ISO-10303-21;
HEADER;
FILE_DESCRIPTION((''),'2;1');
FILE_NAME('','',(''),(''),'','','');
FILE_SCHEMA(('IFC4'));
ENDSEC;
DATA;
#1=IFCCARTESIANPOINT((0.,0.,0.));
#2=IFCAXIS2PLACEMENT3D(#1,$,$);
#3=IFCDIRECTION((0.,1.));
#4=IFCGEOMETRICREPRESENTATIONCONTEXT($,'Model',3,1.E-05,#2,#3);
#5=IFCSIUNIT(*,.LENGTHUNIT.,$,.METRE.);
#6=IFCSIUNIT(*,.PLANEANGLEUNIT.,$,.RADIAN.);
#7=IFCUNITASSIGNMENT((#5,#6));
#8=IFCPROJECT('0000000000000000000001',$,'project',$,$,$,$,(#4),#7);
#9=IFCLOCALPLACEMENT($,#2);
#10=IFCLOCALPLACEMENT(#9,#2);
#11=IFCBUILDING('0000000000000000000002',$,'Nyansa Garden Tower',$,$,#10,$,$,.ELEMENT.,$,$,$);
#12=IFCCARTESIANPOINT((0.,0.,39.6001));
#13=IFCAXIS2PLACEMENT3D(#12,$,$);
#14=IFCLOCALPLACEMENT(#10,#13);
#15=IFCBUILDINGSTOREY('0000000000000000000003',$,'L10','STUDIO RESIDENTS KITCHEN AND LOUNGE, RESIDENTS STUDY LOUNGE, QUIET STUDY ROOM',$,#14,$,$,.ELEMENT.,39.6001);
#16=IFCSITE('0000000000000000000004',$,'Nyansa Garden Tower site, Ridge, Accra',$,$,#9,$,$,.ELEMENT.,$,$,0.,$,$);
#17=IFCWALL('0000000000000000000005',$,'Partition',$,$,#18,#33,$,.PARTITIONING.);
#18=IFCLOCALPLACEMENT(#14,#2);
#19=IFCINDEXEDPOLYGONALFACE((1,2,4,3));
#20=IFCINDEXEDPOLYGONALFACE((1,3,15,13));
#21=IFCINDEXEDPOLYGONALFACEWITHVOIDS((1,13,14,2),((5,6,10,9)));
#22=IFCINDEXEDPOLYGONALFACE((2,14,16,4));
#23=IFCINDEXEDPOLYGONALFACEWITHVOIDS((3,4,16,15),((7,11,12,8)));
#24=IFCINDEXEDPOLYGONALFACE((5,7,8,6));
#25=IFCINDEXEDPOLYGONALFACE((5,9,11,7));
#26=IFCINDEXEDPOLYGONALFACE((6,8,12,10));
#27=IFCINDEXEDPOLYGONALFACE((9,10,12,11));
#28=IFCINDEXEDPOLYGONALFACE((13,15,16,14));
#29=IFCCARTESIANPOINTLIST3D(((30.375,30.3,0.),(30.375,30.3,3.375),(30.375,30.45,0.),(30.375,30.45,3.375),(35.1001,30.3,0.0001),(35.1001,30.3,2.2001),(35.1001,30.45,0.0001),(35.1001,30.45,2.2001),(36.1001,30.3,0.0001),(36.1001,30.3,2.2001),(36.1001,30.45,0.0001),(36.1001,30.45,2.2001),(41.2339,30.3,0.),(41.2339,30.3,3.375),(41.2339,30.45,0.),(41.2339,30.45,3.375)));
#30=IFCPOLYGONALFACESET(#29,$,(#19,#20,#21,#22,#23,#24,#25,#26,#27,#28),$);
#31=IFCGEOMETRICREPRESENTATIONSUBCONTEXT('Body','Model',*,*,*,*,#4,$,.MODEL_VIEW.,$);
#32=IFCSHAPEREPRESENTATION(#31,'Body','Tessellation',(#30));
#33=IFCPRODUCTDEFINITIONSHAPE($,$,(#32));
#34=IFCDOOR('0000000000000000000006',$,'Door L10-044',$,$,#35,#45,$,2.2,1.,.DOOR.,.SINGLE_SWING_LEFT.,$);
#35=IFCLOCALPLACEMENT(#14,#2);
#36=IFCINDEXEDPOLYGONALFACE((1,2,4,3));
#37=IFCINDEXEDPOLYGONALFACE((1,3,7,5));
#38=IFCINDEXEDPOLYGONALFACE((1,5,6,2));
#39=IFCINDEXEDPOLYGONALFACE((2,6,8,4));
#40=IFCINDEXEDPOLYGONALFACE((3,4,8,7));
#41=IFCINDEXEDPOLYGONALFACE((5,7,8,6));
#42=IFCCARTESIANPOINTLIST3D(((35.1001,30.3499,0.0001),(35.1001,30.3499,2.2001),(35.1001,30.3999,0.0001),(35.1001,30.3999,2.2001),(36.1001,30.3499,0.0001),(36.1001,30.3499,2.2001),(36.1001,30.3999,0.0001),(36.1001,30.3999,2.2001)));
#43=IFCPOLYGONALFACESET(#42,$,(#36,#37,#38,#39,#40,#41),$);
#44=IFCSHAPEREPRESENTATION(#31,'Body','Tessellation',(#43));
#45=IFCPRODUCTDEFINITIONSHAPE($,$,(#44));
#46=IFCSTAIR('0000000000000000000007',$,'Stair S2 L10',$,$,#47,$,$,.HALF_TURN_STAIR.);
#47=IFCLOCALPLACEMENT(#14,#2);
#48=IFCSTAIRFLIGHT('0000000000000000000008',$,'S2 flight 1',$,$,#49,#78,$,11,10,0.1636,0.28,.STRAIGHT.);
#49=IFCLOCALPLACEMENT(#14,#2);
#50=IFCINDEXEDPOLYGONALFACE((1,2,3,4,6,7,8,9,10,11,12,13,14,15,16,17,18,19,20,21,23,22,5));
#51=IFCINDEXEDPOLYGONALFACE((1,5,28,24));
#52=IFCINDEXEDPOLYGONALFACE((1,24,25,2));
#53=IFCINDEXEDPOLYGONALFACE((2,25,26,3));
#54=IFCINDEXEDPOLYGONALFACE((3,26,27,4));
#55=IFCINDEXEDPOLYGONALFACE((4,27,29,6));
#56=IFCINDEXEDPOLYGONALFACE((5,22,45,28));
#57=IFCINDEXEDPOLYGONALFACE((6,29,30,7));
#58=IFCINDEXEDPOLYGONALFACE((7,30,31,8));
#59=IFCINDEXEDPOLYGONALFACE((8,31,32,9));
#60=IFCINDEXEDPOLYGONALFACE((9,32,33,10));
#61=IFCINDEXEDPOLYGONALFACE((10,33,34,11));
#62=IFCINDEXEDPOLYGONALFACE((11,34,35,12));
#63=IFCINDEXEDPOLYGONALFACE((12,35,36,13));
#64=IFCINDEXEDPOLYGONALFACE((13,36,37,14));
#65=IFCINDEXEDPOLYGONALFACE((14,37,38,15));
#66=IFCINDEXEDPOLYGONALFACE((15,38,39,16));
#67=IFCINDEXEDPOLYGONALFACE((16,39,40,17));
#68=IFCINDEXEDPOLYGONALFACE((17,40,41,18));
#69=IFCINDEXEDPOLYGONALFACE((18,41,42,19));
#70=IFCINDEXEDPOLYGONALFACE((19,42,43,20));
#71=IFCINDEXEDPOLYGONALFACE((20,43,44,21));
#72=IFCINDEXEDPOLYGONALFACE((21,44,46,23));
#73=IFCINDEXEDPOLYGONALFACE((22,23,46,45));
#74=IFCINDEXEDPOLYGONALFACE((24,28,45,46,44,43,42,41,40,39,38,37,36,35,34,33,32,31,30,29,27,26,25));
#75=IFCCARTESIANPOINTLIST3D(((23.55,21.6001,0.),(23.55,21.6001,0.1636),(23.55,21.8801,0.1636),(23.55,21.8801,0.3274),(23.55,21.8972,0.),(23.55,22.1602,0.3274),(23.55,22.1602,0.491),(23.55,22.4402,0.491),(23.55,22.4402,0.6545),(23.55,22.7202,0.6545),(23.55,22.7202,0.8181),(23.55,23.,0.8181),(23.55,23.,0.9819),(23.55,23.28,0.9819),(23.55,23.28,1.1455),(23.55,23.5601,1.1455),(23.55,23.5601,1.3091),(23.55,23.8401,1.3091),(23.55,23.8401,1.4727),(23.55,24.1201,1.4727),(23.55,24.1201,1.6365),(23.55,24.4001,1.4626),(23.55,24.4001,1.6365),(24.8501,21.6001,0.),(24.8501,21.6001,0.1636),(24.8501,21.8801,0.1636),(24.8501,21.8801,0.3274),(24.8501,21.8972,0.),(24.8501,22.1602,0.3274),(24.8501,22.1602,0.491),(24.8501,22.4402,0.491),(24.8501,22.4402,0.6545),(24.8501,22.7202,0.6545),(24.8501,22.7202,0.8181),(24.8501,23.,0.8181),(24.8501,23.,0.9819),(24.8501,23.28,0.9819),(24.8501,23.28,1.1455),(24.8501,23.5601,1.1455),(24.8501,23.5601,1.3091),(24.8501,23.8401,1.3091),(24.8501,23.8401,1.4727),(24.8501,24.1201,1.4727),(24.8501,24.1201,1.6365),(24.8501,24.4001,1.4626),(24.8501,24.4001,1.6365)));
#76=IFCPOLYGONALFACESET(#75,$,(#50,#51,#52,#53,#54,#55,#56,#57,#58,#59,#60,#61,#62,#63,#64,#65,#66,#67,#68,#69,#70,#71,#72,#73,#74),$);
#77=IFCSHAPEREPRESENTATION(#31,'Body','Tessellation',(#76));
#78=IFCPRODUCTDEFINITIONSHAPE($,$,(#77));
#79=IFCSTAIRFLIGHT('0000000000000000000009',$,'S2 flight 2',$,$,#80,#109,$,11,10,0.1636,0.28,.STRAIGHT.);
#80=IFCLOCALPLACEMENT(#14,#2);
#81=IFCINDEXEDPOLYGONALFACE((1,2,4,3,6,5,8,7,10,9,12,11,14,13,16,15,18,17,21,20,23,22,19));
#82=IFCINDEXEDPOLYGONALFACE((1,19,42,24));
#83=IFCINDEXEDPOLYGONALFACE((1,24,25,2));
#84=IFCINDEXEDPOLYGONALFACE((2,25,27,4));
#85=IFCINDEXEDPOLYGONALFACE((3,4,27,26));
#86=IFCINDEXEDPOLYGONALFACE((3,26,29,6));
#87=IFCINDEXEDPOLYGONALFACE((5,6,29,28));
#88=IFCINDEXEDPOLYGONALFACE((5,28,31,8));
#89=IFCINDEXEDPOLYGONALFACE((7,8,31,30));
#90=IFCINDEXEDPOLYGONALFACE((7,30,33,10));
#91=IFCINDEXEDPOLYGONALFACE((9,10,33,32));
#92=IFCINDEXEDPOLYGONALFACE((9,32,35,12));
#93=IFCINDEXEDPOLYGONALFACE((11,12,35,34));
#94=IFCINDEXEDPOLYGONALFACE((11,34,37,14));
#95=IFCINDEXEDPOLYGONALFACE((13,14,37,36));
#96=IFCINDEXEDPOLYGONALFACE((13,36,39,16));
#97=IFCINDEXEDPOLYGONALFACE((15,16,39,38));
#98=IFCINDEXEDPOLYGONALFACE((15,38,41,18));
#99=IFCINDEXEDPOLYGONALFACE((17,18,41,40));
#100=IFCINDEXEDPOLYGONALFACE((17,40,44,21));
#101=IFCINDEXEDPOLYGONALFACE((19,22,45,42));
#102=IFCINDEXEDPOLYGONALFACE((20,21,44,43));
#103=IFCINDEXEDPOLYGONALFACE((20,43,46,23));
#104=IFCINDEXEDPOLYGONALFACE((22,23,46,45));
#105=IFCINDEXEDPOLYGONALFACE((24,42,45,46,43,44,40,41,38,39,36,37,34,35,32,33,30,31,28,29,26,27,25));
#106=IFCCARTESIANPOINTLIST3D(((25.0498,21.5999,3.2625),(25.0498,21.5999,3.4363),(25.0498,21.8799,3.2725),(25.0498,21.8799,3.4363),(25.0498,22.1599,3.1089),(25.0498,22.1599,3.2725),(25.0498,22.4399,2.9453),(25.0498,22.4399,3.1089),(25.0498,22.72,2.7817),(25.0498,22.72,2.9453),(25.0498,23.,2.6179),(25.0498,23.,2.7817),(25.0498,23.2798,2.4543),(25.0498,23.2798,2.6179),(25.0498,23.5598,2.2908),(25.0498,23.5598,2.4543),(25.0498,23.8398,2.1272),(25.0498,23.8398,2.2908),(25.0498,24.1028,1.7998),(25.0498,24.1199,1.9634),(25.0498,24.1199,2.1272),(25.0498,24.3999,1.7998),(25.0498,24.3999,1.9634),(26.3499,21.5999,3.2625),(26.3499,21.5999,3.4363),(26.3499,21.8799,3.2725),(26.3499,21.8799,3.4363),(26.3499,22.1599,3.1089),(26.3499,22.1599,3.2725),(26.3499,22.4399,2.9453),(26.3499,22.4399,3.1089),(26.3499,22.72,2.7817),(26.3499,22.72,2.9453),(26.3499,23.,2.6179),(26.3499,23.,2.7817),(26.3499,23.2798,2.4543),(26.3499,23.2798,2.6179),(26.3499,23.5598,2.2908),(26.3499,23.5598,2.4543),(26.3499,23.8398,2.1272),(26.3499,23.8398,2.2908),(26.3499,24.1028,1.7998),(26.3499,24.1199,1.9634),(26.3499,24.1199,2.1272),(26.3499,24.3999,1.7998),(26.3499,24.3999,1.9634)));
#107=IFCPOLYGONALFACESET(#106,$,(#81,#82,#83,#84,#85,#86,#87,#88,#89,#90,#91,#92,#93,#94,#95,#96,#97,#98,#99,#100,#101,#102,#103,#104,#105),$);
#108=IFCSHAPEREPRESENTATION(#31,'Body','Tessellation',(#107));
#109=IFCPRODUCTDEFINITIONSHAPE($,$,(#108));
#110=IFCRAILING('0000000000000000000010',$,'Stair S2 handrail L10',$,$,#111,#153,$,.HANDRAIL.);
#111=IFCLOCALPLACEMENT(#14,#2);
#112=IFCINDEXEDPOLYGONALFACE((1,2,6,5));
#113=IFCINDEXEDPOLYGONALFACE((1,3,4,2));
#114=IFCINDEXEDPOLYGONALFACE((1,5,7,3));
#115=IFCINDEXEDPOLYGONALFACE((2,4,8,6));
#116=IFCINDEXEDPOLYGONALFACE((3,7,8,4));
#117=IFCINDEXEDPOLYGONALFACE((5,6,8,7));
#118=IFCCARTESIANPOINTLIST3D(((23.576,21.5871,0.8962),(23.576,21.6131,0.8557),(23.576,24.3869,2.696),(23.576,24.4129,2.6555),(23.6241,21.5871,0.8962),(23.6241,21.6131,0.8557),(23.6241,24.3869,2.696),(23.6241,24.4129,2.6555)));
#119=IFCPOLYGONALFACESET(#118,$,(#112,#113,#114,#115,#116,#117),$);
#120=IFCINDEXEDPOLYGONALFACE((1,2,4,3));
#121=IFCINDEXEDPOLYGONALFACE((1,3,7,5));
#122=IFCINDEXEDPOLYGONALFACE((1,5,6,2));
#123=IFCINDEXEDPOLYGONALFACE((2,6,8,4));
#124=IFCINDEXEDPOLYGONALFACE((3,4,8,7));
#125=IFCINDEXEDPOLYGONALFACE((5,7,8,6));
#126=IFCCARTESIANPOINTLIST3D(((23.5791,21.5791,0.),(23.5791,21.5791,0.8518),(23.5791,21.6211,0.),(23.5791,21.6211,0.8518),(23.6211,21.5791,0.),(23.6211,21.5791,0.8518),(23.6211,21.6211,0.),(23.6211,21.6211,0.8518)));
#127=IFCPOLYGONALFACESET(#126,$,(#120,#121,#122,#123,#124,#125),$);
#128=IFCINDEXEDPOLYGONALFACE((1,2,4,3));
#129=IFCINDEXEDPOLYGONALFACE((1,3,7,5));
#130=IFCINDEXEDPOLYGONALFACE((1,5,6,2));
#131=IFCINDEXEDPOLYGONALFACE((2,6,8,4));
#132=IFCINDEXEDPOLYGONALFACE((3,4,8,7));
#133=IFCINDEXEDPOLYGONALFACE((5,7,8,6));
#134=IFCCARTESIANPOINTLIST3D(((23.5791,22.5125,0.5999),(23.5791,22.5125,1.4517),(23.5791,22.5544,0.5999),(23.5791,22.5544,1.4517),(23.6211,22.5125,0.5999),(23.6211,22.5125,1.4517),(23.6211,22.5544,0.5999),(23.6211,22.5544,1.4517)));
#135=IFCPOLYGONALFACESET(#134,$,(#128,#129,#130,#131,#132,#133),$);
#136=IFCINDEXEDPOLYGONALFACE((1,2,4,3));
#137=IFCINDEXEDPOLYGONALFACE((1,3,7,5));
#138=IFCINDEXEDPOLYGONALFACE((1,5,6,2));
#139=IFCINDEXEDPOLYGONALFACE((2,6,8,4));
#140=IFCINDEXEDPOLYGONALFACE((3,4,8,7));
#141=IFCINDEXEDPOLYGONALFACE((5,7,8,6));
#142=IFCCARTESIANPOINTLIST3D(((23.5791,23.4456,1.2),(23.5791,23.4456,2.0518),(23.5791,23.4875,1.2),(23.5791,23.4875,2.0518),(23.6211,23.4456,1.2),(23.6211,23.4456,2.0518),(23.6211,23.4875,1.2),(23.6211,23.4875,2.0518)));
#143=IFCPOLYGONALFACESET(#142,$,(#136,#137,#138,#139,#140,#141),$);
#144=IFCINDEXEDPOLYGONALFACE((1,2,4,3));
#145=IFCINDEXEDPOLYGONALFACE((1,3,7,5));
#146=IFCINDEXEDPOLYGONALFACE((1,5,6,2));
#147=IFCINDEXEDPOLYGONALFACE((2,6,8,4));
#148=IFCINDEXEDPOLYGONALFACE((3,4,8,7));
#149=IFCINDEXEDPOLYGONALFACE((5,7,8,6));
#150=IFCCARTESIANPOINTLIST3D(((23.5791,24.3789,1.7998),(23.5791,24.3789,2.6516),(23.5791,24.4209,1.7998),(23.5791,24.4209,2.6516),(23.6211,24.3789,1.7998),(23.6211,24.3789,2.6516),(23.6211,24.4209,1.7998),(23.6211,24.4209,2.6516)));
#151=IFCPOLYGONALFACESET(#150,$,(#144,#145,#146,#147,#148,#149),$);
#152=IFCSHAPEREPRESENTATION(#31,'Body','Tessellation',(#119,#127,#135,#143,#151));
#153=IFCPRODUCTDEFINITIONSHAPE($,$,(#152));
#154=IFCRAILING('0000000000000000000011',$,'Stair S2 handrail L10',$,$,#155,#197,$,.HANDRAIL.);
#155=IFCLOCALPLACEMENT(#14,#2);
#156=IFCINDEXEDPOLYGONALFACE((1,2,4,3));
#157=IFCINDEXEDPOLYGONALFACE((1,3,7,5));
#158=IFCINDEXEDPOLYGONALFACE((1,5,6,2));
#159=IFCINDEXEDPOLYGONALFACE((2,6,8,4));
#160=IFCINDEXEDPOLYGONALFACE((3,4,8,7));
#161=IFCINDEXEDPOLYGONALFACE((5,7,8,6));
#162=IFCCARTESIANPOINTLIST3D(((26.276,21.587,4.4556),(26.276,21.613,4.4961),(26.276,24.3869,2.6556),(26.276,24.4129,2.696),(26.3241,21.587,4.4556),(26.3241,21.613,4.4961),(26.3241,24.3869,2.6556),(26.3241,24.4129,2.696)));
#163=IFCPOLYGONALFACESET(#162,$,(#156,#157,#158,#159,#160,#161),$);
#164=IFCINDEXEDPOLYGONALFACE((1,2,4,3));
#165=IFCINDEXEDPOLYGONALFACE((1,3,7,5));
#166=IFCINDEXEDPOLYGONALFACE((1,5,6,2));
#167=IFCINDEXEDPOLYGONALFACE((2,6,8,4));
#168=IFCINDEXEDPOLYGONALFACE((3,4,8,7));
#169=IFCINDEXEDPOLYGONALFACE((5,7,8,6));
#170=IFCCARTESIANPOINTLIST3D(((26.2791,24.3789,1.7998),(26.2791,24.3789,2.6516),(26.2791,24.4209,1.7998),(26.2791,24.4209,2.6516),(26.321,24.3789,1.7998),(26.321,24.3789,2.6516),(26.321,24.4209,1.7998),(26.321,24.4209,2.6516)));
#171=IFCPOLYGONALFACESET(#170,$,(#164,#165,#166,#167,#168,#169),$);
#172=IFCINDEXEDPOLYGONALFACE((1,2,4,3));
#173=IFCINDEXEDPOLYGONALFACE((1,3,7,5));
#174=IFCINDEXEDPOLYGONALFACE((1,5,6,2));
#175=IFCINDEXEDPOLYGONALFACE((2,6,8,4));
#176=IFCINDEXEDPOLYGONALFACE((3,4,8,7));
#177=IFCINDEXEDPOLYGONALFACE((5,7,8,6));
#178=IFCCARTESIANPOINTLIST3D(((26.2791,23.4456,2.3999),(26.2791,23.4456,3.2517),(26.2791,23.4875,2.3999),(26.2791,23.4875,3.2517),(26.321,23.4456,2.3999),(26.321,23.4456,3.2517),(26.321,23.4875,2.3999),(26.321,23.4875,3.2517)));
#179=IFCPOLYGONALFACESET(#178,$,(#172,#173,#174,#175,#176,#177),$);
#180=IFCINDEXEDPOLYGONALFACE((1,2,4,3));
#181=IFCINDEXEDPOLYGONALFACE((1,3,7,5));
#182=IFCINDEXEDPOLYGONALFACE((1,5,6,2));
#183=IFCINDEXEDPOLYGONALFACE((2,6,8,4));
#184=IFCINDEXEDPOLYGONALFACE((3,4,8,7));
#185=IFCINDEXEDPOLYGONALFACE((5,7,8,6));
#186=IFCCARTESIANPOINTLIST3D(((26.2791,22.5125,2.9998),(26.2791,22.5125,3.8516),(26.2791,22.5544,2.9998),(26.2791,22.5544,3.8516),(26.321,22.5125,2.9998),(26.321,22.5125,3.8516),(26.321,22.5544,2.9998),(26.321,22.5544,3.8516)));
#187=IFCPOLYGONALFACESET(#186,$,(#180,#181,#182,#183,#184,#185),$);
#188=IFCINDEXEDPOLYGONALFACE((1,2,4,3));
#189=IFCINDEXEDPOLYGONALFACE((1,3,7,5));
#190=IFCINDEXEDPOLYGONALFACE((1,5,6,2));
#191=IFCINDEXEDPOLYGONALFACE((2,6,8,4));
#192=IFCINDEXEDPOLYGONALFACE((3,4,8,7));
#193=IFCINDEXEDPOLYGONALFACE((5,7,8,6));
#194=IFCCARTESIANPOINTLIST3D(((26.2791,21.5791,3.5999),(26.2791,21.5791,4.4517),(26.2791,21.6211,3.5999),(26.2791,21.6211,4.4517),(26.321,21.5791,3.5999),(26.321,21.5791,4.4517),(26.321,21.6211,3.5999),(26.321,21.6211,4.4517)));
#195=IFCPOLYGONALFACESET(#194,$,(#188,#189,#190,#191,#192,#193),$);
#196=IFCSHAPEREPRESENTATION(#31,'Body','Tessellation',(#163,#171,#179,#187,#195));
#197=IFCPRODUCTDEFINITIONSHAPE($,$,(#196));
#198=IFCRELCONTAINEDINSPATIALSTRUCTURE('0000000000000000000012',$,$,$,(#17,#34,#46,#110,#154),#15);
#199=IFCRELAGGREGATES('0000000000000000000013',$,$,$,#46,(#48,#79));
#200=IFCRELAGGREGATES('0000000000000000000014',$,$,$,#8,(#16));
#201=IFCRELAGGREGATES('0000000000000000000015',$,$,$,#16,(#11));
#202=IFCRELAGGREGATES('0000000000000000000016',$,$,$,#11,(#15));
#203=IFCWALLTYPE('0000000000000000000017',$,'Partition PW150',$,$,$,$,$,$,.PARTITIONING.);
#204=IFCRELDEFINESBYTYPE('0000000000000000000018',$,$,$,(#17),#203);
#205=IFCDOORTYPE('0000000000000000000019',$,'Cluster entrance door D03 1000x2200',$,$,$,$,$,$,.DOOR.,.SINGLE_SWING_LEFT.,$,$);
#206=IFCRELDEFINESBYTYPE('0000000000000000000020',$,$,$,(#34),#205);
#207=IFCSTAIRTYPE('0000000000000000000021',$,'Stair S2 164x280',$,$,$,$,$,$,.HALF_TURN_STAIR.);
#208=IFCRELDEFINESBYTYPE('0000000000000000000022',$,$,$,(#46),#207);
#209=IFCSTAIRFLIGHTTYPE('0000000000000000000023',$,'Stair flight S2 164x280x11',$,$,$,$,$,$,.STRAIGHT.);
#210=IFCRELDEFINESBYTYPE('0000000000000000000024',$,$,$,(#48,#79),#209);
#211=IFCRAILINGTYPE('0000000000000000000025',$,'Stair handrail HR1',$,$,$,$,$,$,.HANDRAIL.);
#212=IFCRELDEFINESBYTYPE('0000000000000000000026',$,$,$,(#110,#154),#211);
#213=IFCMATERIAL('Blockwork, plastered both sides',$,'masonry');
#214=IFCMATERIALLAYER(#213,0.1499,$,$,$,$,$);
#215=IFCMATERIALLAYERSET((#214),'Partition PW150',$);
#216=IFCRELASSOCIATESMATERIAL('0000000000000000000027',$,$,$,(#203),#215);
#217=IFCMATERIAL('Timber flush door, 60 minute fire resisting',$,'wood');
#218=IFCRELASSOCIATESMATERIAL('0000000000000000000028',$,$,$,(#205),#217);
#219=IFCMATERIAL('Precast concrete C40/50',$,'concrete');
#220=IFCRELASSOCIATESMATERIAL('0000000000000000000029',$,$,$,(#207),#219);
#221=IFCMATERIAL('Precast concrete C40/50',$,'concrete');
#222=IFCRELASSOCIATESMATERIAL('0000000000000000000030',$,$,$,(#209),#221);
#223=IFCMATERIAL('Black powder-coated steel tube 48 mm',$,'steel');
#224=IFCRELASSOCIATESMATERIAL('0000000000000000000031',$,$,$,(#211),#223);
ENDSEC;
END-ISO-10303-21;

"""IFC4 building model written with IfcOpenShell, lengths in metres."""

from ifc_helpers import new_model, si_unit, direction, frame, frame_2d, origin, origin_2d, place, context, subcontext, project, spatial, polyline, rectangle, outline, extrude, material, layer, layer_set, type_object, element, fill, aggregate, save


model = new_model("IFC4")

# Units and contexts
model_context = context("Model", 3, precision=1e-05, world=origin(), true_north=direction((0.0, 1.0)))
body_context = subcontext(model_context, "Body", "Model", "MODEL_VIEW")
ifc_project = project(units=[si_unit("LENGTHUNIT", "METRE"), si_unit("PLANEANGLEUNIT", "RADIAN")], contexts=[model_context])

# Site, building, storey
site_placement = place(None, origin())
site = spatial("IfcSite", under=ifc_project, at=site_placement, Name="Nyansa Garden Tower site, Ridge, Accra", CompositionType="ELEMENT", RefElevation=0.0)
building_placement = place(site_placement, origin())
building = spatial("IfcBuilding", under=site, at=building_placement, Name="Nyansa Garden Tower", CompositionType="ELEMENT")
storey_placement = place(building_placement, frame((0.0, 0.0, 39.6001)))
storey = spatial("IfcBuildingStorey", under=building, at=storey_placement, Name="L10", Description="STUDIO RESIDENTS KITCHEN AND LOUNGE, RESIDENTS STUDY LOUNGE, QUIET STUDY ROOM", CompositionType="ELEMENT", Elevation=39.6001)

# Shared definitions
ifc_material_1 = material(Name="Blockwork, plastered both sides", Category="masonry")
ifc_layer_1 = layer(ifc_material_1, 0.1499)
ifc_layer_set_1 = layer_set([ifc_layer_1], Name="Partition PW150")
wall_type_1 = type_object("IfcWallType", Name="Partition PW150", PredefinedType="PARTITIONING", material=ifc_layer_set_1)

# Wall, opening, door
wall_1_placement = place(storey_placement, frame((30.375, 30.375, 0.0), z_axis=(0.0, 0.0, 1.0), x_axis=(1.0, 0.0, 0.0)))
wall_1 = element("IfcWall", 1, at=wall_1_placement, inside=storey, type_object=wall_type_1, Name="Partition", PredefinedType="PARTITIONING", context=body_context, shape_type="SweptSolid", body=[
    extrude(rectangle(XDim=10.8589, YDim=0.1499, at=frame_2d((5.4294, 0.0))), origin(), (0.0, 0.0, 1.0), 3.375),
])
opening_1_placement = place(wall_1_placement, frame((4.7251, 0.0, 0.0)))
opening_1 = element("IfcOpeningElement", 2, at=opening_1_placement, cuts=wall_1, PredefinedType="OPENING", context=body_context, shape_type="SweptSolid", body=[
    extrude(rectangle(XDim=1.0, YDim=2.2, at=frame_2d((0.5, 1.1001))), frame((0.0, 0.085, 0.0), z_axis=(0.0, -1.0, 0.0), x_axis=(1.0, 0.0, 0.0)), (0.0, 0.0, 1.0), 0.1699),
])
ifc_material_2 = material(Name="Timber flush door, 60 minute fire resisting", Category="wood")
door_type_1 = type_object("IfcDoorType", Name="Cluster entrance door D03 1000x2200", OperationType="SINGLE_SWING_LEFT", PredefinedType="DOOR", material=ifc_material_2)
door_1_placement = place(opening_1_placement, origin())
door_1 = element("IfcDoor", 3, at=door_1_placement, inside=storey, type_object=door_type_1, Name="Door L10-044", OperationType="SINGLE_SWING_LEFT", OverallHeight=2.2, OverallWidth=1.0, PredefinedType="DOOR", context=body_context, shape_type="SweptSolid", body=[
    extrude(rectangle(XDim=1.0, YDim=2.2, at=frame_2d((0.5, 1.1001))), frame((0.0, 0.0249, 0.0), z_axis=(0.0, -1.0, 0.0), x_axis=(1.0, 0.0, 0.0)), (0.0, 0.0, 1.0), 0.05),
])
fill(opening_1, door_1)

# Stair, stair flights
ifc_material_3 = material(Name="Precast concrete C40/50", Category="concrete")
stair_type = type_object("IfcStairType", Name="Stair S2 164x280", PredefinedType="HALF_TURN_STAIR", material=ifc_material_3)
stair_placement = place(storey_placement, origin())
stair = element("IfcStair", 4, at=stair_placement, inside=storey, type_object=stair_type, Name="Stair S2 L10", PredefinedType="HALF_TURN_STAIR")
ifc_material_4 = material(Name="Precast concrete C40/50", Category="concrete")
stair_flight_type = type_object("IfcStairFlightType", Name="Stair flight S2 164x280x11", PredefinedType="STRAIGHT", material=ifc_material_4)
stair_flight_1_placement = place(storey_placement, frame((24.2, 21.6001, 0.0), z_axis=(0.0, 0.0, 1.0), x_axis=(0.0, 1.0, 0.0)))
stair_flight_1 = element("IfcStairFlight", 5, at=stair_flight_1_placement, type_object=stair_flight_type, Name="S2 flight 1", NumberOfRisers=11, NumberOfTreads=10, PredefinedType="STRAIGHT", RiserHeight=0.1636, TreadLength=0.28, context=body_context, shape_type="SweptSolid", body=[
    extrude(outline(polyline([(0.0, 0.0), (0.0, 0.1636), (0.28, 0.1636), (0.28, 0.3274), (0.5601, 0.3274), (0.5601, 0.491), (0.8401, 0.491), (0.8401, 0.6545), (1.1201, 0.6545), (1.1201, 0.8181), (1.3999, 0.8181), (1.3999, 0.9819), (1.6799, 0.9819), (1.6799, 1.1455), (1.96, 1.1455), (1.96, 1.3091), (2.24, 1.3091), (2.24, 1.4727), (2.52, 1.4727), (2.52, 1.6365), (2.8, 1.6365), (2.8, 1.8), (2.8, 1.4626), (0.2971, 0.0), (0.0, 0.0)])), frame((0.0, 0.6499, 0.0), z_axis=(0.0, -1.0, 0.0), x_axis=(1.0, 0.0, 0.0)), (0.0, 0.0, 1.0), 1.3),
])
stair_flight_2_placement = place(storey_placement, frame((25.7, 24.3999, 1.7998), z_axis=(0.0, 0.0, 1.0), x_axis=(0.0, -1.0, 0.0)))
stair_flight_2 = element("IfcStairFlight", 6, at=stair_flight_2_placement, type_object=stair_flight_type, Name="S2 flight 2", NumberOfRisers=11, NumberOfTreads=10, PredefinedType="STRAIGHT", RiserHeight=0.1636, TreadLength=0.28, context=body_context, shape_type="SweptSolid", body=[
    extrude(outline(polyline([(0.0, 0.0), (0.0, 0.1636), (0.28, 0.1636), (0.28, 0.3274), (0.5601, 0.3274), (0.5601, 0.491), (0.8401, 0.491), (0.8401, 0.6545), (1.1201, 0.6545), (1.1201, 0.8181), (1.3999, 0.8181), (1.3999, 0.9819), (1.6799, 0.9819), (1.6799, 1.1455), (1.96, 1.1455), (1.96, 1.3091), (2.24, 1.3091), (2.24, 1.4727), (2.52, 1.4727), (2.52, 1.6365), (2.8, 1.6365), (2.8, 1.8), (2.8, 1.4626), (0.2971, 0.0), (0.0, 0.0)])), frame((0.0, 0.6499, 0.0), z_axis=(0.0, -1.0, 0.0), x_axis=(1.0, 0.0, 0.0)), (0.0, 0.0, 1.0), 1.3),
])
aggregate(stair, [stair_flight_1, stair_flight_2])

# Railings
ifc_material_5 = material(Name="Black powder-coated steel tube 48 mm", Category="steel")
railing_type = type_object("IfcRailingType", Name="Stair handrail HR1", PredefinedType="HANDRAIL", material=ifc_material_5)
railing_1_placement = place(storey_placement, frame((23.6001, 21.6001, 0.0)))
element("IfcRailing", 7, at=railing_1_placement, inside=storey, type_object=railing_type, Name="Stair S2 handrail L10", PredefinedType="HANDRAIL", context=body_context, shape_type="SweptSolid", body=[
    extrude(rectangle(XDim=0.0481, YDim=0.0481, at=origin_2d()), frame((0.0, 0.0, 0.876), z_axis=(0.0, 0.841188, 0.540743), x_axis=(-1.0, 0.0, 0.0)), (0.0, 0.0, 1.0), 3.3284),
    extrude(rectangle(XDim=0.042, YDim=0.042, at=origin_2d()), origin(), (0.0, 0.0, 1.0), 0.8518),
    extrude(rectangle(XDim=0.042, YDim=0.042, at=origin_2d()), frame((0.0, 0.9333, 0.5999)), (0.0, 0.0, 1.0), 0.8518),
    extrude(rectangle(XDim=0.042, YDim=0.042, at=origin_2d()), frame((0.0, 1.8665, 1.2)), (0.0, 0.0, 1.0), 0.8518),
    extrude(rectangle(XDim=0.042, YDim=0.042, at=origin_2d()), frame((0.0, 2.7998, 1.7998)), (0.0, 0.0, 1.0), 0.8518),
])
railing_2_placement = place(storey_placement, frame((26.3, 24.3999, 1.7998)))
element("IfcRailing", 8, at=railing_2_placement, inside=storey, type_object=railing_type, Name="Stair S2 handrail L10", PredefinedType="HANDRAIL", context=body_context, shape_type="SweptSolid", body=[
    extrude(rectangle(XDim=0.0481, YDim=0.0481, at=origin_2d()), frame((0.0, 0.0, 0.876), z_axis=(0.0, -0.841155, 0.540795), x_axis=(1.0, 0.0, 0.0)), (0.0, 0.0, 1.0), 3.3286),
    extrude(rectangle(XDim=0.042, YDim=0.042, at=origin_2d()), origin(), (0.0, 0.0, 1.0), 0.8518),
    extrude(rectangle(XDim=0.042, YDim=0.042, at=origin_2d()), frame((0.0, -0.9333, 0.6001)), (0.0, 0.0, 1.0), 0.8518),
    extrude(rectangle(XDim=0.042, YDim=0.042, at=origin_2d()), frame((0.0, -1.8665, 1.2)), (0.0, 0.0, 1.0), 0.8518),
    extrude(rectangle(XDim=0.042, YDim=0.042, at=origin_2d()), frame((0.0, -2.7998, 1.8)), (0.0, 0.0, 1.0), 0.8518),
])

save(model, "model.ifc")
